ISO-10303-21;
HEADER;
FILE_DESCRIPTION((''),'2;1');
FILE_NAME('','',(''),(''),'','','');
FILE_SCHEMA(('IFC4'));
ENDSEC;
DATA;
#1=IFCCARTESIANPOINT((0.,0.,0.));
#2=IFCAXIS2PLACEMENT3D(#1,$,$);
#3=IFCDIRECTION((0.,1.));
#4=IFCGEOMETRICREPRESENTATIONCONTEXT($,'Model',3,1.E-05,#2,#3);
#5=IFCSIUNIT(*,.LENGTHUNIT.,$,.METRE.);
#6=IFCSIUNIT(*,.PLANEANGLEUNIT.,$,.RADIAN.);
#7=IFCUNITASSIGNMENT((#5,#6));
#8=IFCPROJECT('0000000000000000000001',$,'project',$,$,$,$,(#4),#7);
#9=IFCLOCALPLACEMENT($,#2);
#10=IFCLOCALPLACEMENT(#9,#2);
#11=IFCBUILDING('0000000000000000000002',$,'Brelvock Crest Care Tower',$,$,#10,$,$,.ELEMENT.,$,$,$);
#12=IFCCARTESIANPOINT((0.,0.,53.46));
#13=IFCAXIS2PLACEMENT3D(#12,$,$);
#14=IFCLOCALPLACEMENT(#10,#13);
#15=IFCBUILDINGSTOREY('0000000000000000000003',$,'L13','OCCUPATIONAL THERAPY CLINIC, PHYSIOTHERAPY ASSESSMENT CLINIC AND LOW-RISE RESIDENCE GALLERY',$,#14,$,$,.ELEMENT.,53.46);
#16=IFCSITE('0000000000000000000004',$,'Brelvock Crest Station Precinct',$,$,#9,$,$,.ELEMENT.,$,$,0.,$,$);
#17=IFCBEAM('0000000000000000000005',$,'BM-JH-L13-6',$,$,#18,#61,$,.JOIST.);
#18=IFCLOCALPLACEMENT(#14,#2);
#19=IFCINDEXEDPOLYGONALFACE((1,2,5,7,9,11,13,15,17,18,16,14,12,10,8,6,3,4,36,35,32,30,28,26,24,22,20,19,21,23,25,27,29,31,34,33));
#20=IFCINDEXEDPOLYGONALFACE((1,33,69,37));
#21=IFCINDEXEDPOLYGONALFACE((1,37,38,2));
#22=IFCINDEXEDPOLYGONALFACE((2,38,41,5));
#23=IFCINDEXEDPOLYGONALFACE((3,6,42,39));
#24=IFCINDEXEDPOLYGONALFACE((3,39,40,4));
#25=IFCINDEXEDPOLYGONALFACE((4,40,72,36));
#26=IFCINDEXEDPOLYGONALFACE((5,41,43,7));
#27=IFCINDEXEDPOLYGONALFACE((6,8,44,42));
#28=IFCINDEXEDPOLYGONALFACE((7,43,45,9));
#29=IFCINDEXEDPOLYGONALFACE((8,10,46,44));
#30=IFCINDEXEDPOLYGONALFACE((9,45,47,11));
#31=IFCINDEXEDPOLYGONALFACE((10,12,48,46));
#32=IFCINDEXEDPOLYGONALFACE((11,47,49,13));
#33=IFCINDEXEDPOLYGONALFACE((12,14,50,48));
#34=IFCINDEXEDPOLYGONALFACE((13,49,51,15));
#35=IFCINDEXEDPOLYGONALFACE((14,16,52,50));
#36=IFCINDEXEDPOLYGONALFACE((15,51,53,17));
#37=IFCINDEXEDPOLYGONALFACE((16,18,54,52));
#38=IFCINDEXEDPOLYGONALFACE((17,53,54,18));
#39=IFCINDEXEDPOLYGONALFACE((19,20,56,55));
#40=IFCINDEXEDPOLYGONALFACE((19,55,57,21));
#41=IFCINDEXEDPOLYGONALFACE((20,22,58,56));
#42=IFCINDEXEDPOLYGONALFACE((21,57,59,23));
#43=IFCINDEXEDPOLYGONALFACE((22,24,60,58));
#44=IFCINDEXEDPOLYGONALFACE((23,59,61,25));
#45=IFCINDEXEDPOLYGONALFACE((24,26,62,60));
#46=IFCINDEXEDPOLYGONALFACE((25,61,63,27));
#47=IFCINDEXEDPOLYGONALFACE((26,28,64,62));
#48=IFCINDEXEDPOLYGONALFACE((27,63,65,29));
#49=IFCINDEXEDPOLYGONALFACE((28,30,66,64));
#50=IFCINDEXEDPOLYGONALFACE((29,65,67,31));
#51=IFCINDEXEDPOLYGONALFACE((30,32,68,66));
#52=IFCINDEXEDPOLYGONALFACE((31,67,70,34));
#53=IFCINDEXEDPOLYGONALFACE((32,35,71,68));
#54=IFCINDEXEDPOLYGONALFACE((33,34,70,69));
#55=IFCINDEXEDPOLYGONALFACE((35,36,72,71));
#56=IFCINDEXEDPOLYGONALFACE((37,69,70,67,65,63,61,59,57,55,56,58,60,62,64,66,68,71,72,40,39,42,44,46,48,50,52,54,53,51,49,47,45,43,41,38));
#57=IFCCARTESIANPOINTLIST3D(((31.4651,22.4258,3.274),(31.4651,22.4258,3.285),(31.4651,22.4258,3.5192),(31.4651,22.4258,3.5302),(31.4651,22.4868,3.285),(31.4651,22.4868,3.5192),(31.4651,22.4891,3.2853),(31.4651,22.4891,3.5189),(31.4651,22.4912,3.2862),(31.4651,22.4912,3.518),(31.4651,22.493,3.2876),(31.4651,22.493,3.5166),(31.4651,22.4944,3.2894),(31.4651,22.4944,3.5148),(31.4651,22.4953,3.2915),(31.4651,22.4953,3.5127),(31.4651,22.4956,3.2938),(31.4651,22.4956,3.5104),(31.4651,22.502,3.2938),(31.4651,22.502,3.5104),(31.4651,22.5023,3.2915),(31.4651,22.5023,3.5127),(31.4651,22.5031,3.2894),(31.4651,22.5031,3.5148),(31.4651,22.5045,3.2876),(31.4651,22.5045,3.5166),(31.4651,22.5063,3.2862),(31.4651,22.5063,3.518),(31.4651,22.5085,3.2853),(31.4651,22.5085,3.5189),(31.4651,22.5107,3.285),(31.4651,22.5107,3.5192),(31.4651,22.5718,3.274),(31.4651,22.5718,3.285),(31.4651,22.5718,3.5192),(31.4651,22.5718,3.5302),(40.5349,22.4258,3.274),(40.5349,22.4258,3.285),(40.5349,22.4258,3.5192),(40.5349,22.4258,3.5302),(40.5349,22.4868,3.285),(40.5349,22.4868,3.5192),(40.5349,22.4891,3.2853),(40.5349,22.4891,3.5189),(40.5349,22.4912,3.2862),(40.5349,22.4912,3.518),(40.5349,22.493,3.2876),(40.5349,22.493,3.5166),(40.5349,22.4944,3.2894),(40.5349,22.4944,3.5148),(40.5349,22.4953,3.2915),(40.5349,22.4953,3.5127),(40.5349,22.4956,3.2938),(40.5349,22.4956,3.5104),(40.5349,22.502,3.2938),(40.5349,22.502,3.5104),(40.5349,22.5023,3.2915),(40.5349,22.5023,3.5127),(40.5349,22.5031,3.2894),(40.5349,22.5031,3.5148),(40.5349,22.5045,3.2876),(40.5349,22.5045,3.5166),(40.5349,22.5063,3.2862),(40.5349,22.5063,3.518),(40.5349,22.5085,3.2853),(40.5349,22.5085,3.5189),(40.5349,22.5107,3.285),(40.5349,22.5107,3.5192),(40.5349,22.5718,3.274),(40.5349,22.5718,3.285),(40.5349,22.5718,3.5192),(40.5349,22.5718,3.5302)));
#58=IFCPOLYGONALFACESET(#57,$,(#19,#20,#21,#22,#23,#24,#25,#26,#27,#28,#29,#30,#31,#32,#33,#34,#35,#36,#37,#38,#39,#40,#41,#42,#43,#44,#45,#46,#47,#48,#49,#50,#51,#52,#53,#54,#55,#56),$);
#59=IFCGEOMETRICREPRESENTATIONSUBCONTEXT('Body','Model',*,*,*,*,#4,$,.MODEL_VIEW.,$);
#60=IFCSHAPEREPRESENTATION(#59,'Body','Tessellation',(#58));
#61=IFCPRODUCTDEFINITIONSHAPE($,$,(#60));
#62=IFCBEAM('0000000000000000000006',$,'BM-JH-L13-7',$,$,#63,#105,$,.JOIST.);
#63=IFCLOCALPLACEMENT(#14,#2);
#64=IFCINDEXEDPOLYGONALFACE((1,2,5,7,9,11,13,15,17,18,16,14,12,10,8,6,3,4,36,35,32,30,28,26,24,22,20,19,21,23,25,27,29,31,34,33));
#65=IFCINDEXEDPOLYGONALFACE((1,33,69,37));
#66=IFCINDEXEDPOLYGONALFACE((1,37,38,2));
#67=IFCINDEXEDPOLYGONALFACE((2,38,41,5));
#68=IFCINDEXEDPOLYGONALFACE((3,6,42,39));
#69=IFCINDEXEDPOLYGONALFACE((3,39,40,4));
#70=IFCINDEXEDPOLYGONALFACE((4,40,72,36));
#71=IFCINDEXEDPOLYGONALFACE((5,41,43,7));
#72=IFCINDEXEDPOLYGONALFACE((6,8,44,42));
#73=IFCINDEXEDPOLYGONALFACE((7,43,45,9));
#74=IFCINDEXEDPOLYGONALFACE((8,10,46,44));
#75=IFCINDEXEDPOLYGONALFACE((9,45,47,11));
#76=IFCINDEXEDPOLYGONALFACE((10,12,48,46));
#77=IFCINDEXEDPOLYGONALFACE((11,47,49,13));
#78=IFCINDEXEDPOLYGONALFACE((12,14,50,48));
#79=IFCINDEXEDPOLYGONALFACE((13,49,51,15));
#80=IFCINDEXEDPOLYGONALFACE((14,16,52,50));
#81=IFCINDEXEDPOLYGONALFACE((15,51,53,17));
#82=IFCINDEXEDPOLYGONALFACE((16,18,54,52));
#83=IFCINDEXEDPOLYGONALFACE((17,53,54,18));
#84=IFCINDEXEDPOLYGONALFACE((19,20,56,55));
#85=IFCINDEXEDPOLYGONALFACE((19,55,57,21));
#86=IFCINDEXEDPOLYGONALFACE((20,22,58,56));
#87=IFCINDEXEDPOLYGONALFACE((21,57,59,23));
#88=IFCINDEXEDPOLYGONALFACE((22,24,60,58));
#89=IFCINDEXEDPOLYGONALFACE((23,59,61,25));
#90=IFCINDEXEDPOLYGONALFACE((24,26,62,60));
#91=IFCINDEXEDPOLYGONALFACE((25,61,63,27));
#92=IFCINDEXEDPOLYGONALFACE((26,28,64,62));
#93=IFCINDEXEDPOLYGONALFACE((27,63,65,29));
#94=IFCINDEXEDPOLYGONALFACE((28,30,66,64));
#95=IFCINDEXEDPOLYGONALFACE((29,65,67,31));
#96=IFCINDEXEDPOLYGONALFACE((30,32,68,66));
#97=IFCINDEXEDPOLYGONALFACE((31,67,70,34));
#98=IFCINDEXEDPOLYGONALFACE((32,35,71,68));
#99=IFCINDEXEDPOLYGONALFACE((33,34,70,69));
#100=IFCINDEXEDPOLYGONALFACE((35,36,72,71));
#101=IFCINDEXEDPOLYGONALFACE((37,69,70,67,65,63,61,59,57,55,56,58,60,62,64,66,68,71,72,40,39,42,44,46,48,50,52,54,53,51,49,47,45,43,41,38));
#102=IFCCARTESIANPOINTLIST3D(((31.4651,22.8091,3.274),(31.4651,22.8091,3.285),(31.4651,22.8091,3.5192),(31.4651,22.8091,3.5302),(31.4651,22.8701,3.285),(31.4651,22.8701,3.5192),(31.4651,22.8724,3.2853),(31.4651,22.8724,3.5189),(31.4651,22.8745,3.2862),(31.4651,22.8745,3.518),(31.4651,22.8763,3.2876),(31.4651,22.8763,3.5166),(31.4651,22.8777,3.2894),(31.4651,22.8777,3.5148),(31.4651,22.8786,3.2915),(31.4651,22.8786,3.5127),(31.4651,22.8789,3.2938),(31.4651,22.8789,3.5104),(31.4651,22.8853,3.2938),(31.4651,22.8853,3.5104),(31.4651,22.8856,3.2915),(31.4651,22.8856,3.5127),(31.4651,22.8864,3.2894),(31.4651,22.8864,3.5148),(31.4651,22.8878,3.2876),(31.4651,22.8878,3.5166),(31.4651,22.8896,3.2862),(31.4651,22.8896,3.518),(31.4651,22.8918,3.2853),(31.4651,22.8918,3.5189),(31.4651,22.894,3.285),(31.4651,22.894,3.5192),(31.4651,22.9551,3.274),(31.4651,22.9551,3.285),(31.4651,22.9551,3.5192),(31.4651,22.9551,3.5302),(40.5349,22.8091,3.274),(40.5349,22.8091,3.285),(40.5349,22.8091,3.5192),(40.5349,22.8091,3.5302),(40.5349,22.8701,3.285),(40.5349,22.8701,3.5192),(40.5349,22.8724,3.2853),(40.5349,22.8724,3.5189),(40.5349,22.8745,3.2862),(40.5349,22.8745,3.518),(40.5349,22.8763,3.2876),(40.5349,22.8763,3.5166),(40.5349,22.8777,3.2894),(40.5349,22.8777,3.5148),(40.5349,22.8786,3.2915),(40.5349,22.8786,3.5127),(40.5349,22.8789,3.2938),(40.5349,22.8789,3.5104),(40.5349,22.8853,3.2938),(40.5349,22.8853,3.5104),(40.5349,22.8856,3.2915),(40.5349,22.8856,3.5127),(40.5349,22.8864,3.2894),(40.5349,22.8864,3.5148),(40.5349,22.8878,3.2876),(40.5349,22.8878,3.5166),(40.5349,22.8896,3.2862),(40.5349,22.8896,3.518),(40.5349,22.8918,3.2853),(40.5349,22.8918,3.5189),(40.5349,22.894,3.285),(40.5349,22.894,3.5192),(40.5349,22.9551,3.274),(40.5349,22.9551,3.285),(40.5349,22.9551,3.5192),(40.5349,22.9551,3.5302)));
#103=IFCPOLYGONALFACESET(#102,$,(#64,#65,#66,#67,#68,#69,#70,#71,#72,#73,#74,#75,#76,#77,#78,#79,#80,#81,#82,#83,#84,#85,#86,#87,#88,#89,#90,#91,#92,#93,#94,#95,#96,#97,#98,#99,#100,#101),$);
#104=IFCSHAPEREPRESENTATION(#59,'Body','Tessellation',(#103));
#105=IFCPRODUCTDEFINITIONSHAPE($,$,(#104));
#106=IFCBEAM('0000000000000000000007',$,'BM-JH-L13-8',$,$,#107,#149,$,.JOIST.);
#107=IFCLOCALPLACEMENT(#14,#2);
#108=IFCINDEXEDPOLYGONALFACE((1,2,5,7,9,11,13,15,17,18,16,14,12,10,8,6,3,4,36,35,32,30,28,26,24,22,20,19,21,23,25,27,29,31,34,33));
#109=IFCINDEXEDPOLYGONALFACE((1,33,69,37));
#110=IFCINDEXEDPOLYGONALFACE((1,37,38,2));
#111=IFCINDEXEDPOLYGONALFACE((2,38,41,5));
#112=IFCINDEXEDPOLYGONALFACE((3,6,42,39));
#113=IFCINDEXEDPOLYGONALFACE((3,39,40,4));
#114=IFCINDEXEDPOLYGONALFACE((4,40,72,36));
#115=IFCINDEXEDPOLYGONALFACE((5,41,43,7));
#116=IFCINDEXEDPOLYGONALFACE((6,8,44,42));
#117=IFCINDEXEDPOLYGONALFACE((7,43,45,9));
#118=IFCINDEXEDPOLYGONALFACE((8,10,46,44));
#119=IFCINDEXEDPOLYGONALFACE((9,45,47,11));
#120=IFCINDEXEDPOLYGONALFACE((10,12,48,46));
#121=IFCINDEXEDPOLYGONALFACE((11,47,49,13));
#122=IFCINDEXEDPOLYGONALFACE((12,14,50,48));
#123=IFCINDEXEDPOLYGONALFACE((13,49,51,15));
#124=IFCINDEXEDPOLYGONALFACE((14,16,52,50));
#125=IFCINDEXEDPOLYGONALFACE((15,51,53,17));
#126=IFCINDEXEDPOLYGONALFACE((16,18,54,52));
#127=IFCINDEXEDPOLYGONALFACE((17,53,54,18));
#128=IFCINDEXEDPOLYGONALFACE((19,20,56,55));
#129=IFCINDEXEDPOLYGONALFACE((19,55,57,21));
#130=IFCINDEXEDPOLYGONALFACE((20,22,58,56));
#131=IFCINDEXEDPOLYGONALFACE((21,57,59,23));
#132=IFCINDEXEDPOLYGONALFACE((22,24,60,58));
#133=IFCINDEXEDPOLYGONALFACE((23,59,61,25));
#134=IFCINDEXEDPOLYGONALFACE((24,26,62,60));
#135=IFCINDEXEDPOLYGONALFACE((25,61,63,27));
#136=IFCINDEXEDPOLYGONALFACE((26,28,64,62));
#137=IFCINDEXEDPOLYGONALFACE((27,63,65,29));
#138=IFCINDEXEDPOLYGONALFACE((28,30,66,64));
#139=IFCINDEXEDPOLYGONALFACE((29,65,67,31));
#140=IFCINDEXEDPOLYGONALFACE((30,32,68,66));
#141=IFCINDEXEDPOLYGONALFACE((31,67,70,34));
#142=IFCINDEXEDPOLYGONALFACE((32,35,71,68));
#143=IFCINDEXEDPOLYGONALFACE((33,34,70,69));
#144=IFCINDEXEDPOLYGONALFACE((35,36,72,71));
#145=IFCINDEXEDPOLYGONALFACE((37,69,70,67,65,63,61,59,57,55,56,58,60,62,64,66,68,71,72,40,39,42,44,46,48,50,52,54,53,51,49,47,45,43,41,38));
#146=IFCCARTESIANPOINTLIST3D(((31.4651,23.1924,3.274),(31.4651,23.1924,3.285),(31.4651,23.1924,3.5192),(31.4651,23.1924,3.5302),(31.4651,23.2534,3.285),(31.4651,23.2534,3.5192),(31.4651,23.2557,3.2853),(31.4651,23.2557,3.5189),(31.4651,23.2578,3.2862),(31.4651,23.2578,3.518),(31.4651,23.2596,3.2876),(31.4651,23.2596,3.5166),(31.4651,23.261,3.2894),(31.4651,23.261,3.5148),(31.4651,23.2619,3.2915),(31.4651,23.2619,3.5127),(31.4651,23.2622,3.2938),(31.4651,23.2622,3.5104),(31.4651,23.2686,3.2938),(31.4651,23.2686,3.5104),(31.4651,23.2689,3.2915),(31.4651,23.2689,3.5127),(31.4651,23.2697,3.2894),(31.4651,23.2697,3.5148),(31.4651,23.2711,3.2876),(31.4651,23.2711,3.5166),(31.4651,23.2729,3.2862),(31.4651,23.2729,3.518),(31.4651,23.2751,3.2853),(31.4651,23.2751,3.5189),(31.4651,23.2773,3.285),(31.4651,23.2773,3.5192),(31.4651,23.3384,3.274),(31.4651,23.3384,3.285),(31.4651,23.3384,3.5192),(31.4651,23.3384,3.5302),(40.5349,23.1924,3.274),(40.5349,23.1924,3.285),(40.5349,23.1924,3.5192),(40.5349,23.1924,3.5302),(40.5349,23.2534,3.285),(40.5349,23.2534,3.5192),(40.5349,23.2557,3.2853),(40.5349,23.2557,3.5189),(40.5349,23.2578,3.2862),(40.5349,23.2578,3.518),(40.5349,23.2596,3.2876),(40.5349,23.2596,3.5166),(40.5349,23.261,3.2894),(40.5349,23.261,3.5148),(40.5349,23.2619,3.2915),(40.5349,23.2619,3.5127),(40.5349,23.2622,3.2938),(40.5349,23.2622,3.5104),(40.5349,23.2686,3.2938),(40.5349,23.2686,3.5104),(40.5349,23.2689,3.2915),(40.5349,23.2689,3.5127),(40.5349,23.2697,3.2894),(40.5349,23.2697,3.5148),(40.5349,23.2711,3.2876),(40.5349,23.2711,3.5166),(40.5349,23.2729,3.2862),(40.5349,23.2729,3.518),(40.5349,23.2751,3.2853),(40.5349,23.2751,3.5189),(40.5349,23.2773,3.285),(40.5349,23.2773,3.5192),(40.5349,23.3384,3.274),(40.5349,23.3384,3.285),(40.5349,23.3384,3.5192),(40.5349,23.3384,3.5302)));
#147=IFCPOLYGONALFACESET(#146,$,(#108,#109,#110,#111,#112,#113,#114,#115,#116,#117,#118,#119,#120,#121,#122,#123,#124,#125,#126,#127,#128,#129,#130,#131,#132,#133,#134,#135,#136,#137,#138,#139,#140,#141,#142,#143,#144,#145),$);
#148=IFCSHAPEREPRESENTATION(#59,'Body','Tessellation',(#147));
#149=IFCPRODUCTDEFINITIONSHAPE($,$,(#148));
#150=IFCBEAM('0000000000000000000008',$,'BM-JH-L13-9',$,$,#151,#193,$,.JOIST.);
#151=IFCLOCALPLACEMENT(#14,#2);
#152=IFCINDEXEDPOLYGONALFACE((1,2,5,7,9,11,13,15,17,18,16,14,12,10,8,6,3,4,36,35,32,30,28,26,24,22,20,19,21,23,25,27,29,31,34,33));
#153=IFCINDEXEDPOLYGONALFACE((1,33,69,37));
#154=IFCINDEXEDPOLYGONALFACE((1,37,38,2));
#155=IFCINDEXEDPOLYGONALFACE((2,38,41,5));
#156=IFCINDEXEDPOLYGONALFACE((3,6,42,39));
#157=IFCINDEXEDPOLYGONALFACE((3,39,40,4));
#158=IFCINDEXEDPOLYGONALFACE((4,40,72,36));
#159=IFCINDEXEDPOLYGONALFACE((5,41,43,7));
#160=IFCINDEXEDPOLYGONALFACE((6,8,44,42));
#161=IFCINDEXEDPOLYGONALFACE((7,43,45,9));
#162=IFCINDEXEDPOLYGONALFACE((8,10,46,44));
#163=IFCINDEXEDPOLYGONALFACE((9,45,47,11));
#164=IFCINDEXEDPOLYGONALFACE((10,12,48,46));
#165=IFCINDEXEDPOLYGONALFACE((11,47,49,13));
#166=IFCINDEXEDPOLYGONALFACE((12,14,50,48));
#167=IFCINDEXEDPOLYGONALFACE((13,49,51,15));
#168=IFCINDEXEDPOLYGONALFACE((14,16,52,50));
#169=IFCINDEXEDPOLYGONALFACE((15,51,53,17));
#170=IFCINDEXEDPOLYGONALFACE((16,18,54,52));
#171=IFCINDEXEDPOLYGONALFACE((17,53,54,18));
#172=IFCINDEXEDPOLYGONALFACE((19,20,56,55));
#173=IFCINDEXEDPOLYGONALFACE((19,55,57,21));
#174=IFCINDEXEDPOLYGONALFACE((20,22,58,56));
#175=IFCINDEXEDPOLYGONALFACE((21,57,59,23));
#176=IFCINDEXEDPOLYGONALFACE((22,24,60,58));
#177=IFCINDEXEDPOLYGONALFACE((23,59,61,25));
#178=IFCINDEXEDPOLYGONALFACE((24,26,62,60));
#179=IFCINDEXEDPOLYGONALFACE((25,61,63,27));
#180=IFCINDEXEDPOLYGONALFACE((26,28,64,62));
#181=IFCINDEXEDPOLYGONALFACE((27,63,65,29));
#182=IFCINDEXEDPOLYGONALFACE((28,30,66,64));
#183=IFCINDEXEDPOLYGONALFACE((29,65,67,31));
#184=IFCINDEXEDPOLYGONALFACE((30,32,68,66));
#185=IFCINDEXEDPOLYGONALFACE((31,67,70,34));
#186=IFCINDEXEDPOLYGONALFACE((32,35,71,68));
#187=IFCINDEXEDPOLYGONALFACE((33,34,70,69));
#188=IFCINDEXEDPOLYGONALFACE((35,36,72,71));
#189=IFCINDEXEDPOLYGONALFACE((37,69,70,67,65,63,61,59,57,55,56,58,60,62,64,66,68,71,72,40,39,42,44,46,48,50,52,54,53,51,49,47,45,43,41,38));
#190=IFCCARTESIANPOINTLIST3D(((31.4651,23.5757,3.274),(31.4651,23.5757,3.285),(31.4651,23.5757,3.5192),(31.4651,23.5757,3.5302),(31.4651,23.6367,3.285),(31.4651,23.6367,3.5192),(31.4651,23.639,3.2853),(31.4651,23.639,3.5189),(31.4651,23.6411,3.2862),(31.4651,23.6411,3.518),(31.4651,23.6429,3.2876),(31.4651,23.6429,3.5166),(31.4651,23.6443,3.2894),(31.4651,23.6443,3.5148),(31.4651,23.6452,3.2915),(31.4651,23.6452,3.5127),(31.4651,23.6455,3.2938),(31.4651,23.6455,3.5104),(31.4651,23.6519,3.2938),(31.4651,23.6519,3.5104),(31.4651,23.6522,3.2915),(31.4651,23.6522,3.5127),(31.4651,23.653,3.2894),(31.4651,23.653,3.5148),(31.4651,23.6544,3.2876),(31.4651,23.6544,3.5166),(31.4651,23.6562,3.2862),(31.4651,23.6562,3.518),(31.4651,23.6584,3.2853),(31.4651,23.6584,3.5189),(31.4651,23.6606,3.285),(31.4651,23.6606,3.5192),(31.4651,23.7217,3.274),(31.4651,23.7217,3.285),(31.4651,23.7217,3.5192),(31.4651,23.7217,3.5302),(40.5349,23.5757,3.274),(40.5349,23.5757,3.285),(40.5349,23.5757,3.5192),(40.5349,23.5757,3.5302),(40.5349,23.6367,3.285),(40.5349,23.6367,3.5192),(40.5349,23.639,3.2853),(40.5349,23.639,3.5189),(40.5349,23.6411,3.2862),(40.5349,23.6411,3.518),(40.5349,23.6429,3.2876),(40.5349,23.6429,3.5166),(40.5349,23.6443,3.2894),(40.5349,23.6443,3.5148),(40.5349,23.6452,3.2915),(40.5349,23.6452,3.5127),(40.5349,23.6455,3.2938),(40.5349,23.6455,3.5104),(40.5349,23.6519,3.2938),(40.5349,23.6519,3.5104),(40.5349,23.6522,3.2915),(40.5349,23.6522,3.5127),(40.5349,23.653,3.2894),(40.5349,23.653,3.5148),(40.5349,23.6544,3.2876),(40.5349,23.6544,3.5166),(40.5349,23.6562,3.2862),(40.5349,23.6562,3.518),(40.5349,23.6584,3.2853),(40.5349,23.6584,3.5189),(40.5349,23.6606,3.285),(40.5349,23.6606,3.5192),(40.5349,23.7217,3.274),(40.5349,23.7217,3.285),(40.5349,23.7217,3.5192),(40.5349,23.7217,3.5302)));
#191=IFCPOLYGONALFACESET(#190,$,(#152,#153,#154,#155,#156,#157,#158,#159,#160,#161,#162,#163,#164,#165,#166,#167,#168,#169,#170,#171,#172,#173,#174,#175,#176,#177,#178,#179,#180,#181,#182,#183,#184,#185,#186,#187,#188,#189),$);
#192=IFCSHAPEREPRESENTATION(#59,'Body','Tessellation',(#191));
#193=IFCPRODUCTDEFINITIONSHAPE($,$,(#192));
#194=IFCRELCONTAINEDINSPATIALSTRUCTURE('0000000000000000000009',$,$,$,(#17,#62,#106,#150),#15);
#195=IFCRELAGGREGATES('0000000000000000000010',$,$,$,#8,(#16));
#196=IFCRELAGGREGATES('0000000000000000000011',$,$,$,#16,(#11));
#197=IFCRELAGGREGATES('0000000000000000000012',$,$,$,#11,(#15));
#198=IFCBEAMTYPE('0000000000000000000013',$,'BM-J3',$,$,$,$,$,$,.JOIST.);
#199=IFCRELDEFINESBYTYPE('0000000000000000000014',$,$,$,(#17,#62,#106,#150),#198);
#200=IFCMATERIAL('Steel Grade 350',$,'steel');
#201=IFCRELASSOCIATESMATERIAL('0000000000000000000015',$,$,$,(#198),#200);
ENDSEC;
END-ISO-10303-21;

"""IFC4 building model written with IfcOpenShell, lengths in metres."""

from ifc_helpers import new_model, si_unit, direction, frame, origin, origin_2d, place, context, subcontext, project, spatial, i_section, extrude, source, transform, mapped, material, material_profile, profile_set, type_object, element, save


model = new_model("IFC4")

# Units and contexts
model_context = context("Model", 3, precision=1e-05, world=origin(), true_north=direction((0.0, 1.0)))
body_context = subcontext(model_context, "Body", "Model", "MODEL_VIEW")
ifc_project = project(units=[si_unit("LENGTHUNIT", "METRE"), si_unit("PLANEANGLEUNIT", "RADIAN")], contexts=[model_context])

# Site, building, storey
site_placement = place(None, origin())
site = spatial("IfcSite", under=ifc_project, at=site_placement, Name="Brelvock Crest Station Precinct", CompositionType="ELEMENT", RefElevation=0.0)
building_placement = place(site_placement, origin())
building = spatial("IfcBuilding", under=site, at=building_placement, Name="Brelvock Crest Care Tower", CompositionType="ELEMENT")
storey_placement = place(building_placement, frame((0.0, 0.0, 53.46)))
storey = spatial("IfcBuildingStorey", under=building, at=storey_placement, Name="L13", Description="OCCUPATIONAL THERAPY CLINIC, PHYSIOTHERAPY ASSESSMENT CLINIC AND LOW-RISE RESIDENCE GALLERY", CompositionType="ELEMENT", Elevation=53.46)

# Beams
ifc_material_1 = material(Name="Steel Grade 350", Category="steel")
ifc_material_profile = material_profile(ifc_material_1, i_section(OverallWidth=0.146, OverallDepth=0.2561, WebThickness=0.0063, FlangeThickness=0.011, FilletRadius=0.0088, at=origin_2d()), Name="250UB37.3")
ifc_profile_set = profile_set([ifc_material_profile], Name="Steel Grade 350")
beam_type = type_object("IfcBeamType", Name="BM-J3", PredefinedType="JOIST", material=ifc_profile_set)
shared_shape_1 = source(origin(), body_context, "Body", "SweptSolid", [
    extrude(i_section(OverallWidth=0.146, OverallDepth=0.2561, WebThickness=0.0063, FlangeThickness=0.011, FilletRadius=0.0088, at=origin_2d()), origin(), (0.0, 0.0, 1.0), 9.0698),
])
for number, where, z_axis, x_axis, name in (
    (1, (31.4651, 22.4988, 3.4021), (1.0, 0.0, 0.0), (0.0, 1.0, 0.0), "BM-JH-L13-6"),
    (2, (31.4651, 22.8821, 3.4021), (1.0, 0.0, 0.0), (0.0, 1.0, 0.0), "BM-JH-L13-7"),
    (3, (31.4651, 23.2654, 3.4021), (1.0, 0.0, 0.0), (0.0, 1.0, 0.0), "BM-JH-L13-8"),
    (4, (31.4651, 23.6487, 3.4021), (1.0, 0.0, 0.0), (0.0, 1.0, 0.0), "BM-JH-L13-9"),
):
    element("IfcBeam", number, at=place(storey_placement, frame(where, z_axis=z_axis, x_axis=x_axis)), inside=storey, type_object=beam_type, Name=name, PredefinedType="JOIST", context=body_context, shape_type="MappedRepresentation", body=[
        mapped(shared_shape_1, transform((0.0, 0.0, 0.0), x_axis=(1.0, 0.0, 0.0), y_axis=(0.0, 1.0, 0.0), z_axis=(0.0, 0.0, 1.0), scale=1.0)),
    ])

save(model, "model.ifc")
